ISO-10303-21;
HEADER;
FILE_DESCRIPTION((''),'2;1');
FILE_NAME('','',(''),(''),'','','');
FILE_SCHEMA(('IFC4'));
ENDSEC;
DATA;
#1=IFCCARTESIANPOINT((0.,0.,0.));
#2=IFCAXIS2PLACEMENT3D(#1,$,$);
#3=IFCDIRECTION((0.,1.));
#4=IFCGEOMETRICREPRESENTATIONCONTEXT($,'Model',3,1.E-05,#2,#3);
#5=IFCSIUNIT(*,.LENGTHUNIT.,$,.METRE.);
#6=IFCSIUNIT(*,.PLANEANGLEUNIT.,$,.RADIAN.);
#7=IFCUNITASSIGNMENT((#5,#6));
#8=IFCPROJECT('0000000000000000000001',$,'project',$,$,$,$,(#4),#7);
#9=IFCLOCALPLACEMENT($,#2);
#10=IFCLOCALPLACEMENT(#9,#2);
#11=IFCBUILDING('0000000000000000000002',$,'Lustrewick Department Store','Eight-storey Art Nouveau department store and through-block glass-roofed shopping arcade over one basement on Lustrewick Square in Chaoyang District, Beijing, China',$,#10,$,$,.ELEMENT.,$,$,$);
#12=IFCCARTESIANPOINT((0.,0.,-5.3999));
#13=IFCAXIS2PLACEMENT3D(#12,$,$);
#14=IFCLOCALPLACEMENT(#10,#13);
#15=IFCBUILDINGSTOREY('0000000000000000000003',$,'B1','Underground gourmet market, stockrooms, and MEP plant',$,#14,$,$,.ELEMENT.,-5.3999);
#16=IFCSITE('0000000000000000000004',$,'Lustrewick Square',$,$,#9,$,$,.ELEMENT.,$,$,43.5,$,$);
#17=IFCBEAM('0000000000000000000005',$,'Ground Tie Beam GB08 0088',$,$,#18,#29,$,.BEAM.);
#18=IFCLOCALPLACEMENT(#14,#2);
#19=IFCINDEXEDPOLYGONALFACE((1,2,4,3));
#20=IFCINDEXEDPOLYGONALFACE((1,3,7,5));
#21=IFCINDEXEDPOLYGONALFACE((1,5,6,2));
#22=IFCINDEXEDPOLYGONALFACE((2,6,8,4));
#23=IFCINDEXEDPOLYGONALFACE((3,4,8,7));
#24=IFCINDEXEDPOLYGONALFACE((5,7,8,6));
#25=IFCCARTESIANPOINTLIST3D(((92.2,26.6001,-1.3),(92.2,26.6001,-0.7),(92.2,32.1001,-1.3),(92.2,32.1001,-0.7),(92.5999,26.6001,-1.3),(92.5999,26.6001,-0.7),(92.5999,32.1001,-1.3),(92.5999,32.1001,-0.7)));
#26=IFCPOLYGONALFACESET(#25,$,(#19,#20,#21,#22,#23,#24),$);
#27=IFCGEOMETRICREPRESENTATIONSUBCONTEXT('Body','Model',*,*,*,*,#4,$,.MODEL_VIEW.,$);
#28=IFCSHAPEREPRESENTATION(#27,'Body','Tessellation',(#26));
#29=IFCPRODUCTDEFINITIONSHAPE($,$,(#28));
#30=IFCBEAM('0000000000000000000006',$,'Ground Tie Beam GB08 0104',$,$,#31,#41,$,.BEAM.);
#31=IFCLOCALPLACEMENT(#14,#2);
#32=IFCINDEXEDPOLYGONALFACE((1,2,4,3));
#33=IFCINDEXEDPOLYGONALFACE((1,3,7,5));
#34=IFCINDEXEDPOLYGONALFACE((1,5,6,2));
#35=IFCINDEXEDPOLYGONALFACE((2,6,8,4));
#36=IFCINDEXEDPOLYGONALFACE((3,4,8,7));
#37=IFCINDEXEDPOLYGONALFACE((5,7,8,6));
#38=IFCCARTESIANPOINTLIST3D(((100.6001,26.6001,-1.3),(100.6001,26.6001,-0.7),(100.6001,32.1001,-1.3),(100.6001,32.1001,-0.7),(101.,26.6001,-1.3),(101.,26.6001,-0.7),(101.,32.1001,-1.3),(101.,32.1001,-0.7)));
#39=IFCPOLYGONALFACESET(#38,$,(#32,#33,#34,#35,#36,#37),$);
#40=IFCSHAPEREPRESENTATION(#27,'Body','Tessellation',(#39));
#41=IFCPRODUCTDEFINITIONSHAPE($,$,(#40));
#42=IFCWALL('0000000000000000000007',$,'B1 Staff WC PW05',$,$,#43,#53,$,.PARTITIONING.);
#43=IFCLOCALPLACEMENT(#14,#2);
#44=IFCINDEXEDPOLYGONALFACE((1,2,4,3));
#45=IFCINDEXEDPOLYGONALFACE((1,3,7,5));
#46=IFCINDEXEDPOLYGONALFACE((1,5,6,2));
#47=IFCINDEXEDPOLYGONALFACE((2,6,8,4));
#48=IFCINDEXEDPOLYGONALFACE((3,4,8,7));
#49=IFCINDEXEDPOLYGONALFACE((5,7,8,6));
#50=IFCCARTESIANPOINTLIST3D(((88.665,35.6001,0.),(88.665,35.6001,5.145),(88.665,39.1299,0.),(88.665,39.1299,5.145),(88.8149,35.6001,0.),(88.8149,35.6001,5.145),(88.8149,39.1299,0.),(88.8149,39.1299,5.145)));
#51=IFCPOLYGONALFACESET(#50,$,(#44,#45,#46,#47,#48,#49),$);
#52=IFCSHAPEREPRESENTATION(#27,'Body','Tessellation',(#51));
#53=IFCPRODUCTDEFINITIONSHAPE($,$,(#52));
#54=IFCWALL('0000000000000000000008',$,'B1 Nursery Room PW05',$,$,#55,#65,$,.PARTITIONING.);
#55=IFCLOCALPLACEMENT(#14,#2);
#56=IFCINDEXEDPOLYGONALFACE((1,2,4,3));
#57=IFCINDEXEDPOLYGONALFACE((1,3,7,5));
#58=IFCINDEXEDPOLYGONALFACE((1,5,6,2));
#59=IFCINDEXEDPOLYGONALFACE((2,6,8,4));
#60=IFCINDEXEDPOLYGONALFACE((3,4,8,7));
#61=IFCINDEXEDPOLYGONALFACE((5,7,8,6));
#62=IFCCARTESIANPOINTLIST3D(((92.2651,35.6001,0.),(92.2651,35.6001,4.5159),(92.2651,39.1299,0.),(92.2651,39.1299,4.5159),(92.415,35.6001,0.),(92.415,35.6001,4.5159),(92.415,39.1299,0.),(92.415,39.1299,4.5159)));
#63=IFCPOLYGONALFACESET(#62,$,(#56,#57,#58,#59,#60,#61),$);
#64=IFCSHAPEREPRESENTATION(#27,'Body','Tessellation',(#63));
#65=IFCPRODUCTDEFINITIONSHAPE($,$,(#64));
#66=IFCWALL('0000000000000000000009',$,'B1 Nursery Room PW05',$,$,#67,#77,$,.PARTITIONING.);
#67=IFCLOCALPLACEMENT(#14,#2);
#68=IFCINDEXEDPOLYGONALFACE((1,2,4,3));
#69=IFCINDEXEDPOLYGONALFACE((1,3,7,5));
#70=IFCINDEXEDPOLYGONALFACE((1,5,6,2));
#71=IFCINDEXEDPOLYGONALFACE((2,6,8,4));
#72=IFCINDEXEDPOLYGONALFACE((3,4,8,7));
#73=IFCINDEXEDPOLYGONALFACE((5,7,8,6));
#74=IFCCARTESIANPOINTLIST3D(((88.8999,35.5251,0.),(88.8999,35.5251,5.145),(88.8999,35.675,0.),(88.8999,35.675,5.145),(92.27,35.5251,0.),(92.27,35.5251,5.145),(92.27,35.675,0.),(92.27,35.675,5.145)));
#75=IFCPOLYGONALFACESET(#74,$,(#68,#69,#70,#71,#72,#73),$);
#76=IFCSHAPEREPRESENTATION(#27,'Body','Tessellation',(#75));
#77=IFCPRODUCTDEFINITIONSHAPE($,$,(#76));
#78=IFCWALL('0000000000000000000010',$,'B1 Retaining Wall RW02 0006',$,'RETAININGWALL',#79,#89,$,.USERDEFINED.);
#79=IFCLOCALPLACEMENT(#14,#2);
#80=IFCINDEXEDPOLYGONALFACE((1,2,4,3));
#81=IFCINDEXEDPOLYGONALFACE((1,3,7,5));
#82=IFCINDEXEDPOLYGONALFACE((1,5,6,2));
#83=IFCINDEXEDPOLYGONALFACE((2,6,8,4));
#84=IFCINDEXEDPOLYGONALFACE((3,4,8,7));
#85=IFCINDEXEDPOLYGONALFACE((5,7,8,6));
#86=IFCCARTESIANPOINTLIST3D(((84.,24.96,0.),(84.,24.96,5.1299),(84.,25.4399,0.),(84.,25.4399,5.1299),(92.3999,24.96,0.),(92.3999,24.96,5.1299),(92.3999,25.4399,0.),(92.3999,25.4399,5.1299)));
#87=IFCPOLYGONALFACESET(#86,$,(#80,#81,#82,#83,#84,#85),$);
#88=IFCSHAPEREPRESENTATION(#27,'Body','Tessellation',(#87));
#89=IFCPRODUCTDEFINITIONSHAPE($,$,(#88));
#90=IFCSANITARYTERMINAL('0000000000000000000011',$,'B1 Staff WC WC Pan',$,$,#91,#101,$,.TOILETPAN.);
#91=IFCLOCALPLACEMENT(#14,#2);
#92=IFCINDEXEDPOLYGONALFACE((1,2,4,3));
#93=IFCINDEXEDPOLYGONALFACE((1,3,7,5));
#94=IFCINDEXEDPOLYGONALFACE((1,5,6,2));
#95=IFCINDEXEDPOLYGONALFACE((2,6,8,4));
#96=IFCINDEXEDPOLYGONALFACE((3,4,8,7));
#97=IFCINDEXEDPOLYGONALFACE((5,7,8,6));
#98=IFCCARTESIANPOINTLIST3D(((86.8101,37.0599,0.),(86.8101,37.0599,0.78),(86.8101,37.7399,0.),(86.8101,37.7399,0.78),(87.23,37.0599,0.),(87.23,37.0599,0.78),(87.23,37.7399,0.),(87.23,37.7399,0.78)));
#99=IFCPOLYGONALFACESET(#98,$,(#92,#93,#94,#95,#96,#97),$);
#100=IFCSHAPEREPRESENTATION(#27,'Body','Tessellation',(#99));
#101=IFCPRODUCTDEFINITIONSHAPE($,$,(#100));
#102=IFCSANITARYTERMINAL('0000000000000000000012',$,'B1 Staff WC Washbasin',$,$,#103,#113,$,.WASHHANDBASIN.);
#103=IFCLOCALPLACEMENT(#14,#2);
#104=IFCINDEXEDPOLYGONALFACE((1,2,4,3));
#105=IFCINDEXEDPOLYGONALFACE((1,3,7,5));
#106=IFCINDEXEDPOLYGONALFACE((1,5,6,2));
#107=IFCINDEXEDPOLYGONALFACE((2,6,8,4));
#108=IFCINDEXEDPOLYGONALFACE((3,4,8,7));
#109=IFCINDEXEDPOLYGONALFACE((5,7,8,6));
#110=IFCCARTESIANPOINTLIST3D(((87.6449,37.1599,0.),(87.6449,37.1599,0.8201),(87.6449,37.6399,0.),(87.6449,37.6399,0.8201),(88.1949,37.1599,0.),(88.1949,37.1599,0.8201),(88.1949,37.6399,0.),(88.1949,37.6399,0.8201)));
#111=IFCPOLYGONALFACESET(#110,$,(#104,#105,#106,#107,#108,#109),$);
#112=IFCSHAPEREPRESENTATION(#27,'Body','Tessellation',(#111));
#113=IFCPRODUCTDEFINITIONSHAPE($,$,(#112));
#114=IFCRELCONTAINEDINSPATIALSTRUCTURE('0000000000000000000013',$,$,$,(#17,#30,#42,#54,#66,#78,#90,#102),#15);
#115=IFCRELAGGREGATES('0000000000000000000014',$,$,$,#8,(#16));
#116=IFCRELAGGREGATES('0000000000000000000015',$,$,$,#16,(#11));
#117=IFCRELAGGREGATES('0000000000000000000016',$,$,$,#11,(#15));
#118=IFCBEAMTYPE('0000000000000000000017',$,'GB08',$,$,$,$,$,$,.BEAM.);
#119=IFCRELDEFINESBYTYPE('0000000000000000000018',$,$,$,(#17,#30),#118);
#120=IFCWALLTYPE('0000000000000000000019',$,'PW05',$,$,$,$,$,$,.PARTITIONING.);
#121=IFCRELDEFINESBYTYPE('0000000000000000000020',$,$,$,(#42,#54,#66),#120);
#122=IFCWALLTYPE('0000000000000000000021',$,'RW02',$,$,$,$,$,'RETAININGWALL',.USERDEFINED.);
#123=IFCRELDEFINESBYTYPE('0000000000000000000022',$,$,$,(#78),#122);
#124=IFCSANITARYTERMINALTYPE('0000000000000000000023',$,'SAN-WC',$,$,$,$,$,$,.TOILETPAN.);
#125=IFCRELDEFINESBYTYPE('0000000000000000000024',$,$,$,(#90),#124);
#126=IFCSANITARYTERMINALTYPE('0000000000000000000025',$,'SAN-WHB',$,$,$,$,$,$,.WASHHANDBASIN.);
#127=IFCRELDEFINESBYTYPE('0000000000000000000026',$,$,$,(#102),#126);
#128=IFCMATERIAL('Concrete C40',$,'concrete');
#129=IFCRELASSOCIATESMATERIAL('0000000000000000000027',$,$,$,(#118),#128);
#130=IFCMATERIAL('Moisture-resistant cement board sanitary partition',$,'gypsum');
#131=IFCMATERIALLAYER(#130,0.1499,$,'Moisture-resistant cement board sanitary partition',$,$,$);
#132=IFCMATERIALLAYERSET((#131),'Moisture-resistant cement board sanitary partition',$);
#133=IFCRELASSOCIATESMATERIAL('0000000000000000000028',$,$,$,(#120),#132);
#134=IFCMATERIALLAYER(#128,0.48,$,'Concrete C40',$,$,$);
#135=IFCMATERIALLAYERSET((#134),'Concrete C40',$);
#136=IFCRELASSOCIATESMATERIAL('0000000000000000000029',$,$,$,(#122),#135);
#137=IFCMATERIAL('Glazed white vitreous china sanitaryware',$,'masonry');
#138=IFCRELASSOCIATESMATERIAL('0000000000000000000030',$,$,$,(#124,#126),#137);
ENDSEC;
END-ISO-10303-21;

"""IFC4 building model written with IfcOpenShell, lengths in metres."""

from ifc_helpers import new_model, si_unit, direction, frame, frame_2d, origin, origin_2d, place, context, subcontext, project, spatial, rectangle, extrude, material, layer, layer_set, material_profile, profile_set, type_object, element, save


model = new_model("IFC4")

# Units and contexts
model_context = context("Model", 3, precision=1e-05, world=origin(), true_north=direction((0.0, 1.0)))
body_context = subcontext(model_context, "Body", "Model", "MODEL_VIEW")
ifc_project = project(units=[si_unit("LENGTHUNIT", "METRE"), si_unit("PLANEANGLEUNIT", "RADIAN")], contexts=[model_context])

# Site, building, storey
site_placement = place(None, origin())
site = spatial("IfcSite", under=ifc_project, at=site_placement, Name="Lustrewick Square", CompositionType="ELEMENT", RefElevation=43.5)
building_placement = place(site_placement, origin())
building = spatial("IfcBuilding", under=site, at=building_placement, Name="Lustrewick Department Store", Description="Eight-storey Art Nouveau department store and through-block glass-roofed shopping arcade over one basement on Lustrewick Square in Chaoyang District, Beijing, China", CompositionType="ELEMENT")
storey_placement = place(building_placement, frame((0.0, 0.0, -5.3999)))
storey = spatial("IfcBuildingStorey", under=building, at=storey_placement, Name="B1", Description="Underground gourmet market, stockrooms, and MEP plant", CompositionType="ELEMENT", Elevation=-5.3999)

# Shared definitions
ifc_material_1 = material(Name="Concrete C40", Category="concrete")

# Beams
ifc_material_profile_1 = material_profile(ifc_material_1, rectangle(XDim=0.3999, YDim=0.6001, at=origin_2d()), Name="RC 400x600")
ifc_profile_set_1 = profile_set([ifc_material_profile_1], Name="Concrete C40")
beam_type_1 = type_object("IfcBeamType", Name="GB08", PredefinedType="BEAM", material=ifc_profile_set_1)
for number, where, z_axis, x_axis, name in (
    (1, (92.3999, 26.6001, -1.0), (0.0, 1.0, 0.0), (-1.0, 0.0, 0.0), "Ground Tie Beam GB08 0088"),
    (2, (100.8, 26.6001, -1.0), (0.0, 1.0, 0.0), (-1.0, 0.0, 0.0), "Ground Tie Beam GB08 0104"),
):
    element("IfcBeam", number, at=place(storey_placement, frame(where, z_axis=z_axis, x_axis=x_axis)), inside=storey, type_object=beam_type_1, Name=name, PredefinedType="BEAM", context=body_context, shape_type="SweptSolid", body=[
        extrude(rectangle(XDim=0.3999, YDim=0.6001, at=origin_2d()), origin(), (0.0, 0.0, 1.0), 5.5),
    ])

# Walls
ifc_material_2 = material(Name="Moisture-resistant cement board sanitary partition", Category="gypsum")
ifc_layer_1 = layer(ifc_material_2, 0.1499, Name="Moisture-resistant cement board sanitary partition")
ifc_layer_set_1 = layer_set([ifc_layer_1], Name="Moisture-resistant cement board sanitary partition")
wall_type_1 = type_object("IfcWallType", Name="PW05", PredefinedType="PARTITIONING", material=ifc_layer_set_1)
wall_1_placement = place(storey_placement, frame((88.74, 35.6001, 0.0), z_axis=(0.0, 0.0, 1.0), x_axis=(0.0, 1.0, 0.0)))
element("IfcWall", 3, at=wall_1_placement, inside=storey, type_object=wall_type_1, Name="B1 Staff WC PW05", PredefinedType="PARTITIONING", context=body_context, shape_type="SweptSolid", body=[
    extrude(rectangle(XDim=3.5298, YDim=0.1499, at=frame_2d((1.7649, 0.0))), origin(), (0.0, 0.0, 1.0), 5.145),
])
wall_2_placement = place(storey_placement, frame((92.3401, 35.6001, 0.0), z_axis=(0.0, 0.0, 1.0), x_axis=(0.0, 1.0, 0.0)))
element("IfcWall", 4, at=wall_2_placement, inside=storey, type_object=wall_type_1, Name="B1 Nursery Room PW05", PredefinedType="PARTITIONING", context=body_context, shape_type="SweptSolid", body=[
    extrude(rectangle(XDim=3.5298, YDim=0.1499, at=frame_2d((1.7649, 0.0))), origin(), (0.0, 0.0, 1.0), 4.5159),
])
wall_3_placement = place(storey_placement, frame((88.8999, 35.6001, 0.0), z_axis=(0.0, 0.0, 1.0), x_axis=(1.0, 0.0, 0.0)))
element("IfcWall", 5, at=wall_3_placement, inside=storey, type_object=wall_type_1, Name="B1 Nursery Room PW05", PredefinedType="PARTITIONING", context=body_context, shape_type="SweptSolid", body=[
    extrude(rectangle(XDim=3.3701, YDim=0.1499, at=frame_2d((1.6851, 0.0))), origin(), (0.0, 0.0, 1.0), 5.145),
])
ifc_layer_2 = layer(ifc_material_1, 0.48, Name="Concrete C40")
ifc_layer_set_2 = layer_set([ifc_layer_2], Name="Concrete C40")
wall_type_2 = type_object("IfcWallType", Name="RW02", ElementType="RETAININGWALL", PredefinedType="USERDEFINED", material=ifc_layer_set_2)
wall_4_placement = place(storey_placement, frame((92.3999, 25.2, 0.0), z_axis=(0.0, 0.0, 1.0), x_axis=(-1.0, 0.0, 0.0)))
element("IfcWall", 6, at=wall_4_placement, inside=storey, type_object=wall_type_2, Name="B1 Retaining Wall RW02 0006", ObjectType="RETAININGWALL", PredefinedType="USERDEFINED", context=body_context, shape_type="SweptSolid", body=[
    extrude(rectangle(XDim=8.3999, YDim=0.48, at=frame_2d((4.2, 0.0))), origin(), (0.0, 0.0, 1.0), 5.1299),
])

# Sanitary terminals
ifc_material_3 = material(Name="Glazed white vitreous china sanitaryware", Category="masonry")
sanitary_terminal_type_1 = type_object("IfcSanitaryTerminalType", Name="SAN-WC", PredefinedType="TOILETPAN", material=ifc_material_3)
sanitary_terminal_1_placement = place(storey_placement, frame((87.02, 37.3999, 0.0), z_axis=(0.0, 0.0, 1.0), x_axis=(1.0, 0.0, 0.0)))
element("IfcSanitaryTerminal", 7, at=sanitary_terminal_1_placement, inside=storey, type_object=sanitary_terminal_type_1, Name="B1 Staff WC WC Pan", PredefinedType="TOILETPAN", context=body_context, shape_type="SweptSolid", body=[
    extrude(rectangle(XDim=0.4199, YDim=0.6799, at=origin_2d()), origin(), (0.0, 0.0, 1.0), 0.78),
])
sanitary_terminal_type_2 = type_object("IfcSanitaryTerminalType", Name="SAN-WHB", PredefinedType="WASHHANDBASIN", material=ifc_material_3)
sanitary_terminal_2_placement = place(storey_placement, frame((87.9199, 37.3999, 0.0), z_axis=(0.0, 0.0, 1.0), x_axis=(1.0, 0.0, 0.0)))
element("IfcSanitaryTerminal", 8, at=sanitary_terminal_2_placement, inside=storey, type_object=sanitary_terminal_type_2, Name="B1 Staff WC Washbasin", PredefinedType="WASHHANDBASIN", context=body_context, shape_type="SweptSolid", body=[
    extrude(rectangle(XDim=0.55, YDim=0.48, at=origin_2d()), origin(), (0.0, 0.0, 1.0), 0.8201),
])

save(model, "model.ifc")
